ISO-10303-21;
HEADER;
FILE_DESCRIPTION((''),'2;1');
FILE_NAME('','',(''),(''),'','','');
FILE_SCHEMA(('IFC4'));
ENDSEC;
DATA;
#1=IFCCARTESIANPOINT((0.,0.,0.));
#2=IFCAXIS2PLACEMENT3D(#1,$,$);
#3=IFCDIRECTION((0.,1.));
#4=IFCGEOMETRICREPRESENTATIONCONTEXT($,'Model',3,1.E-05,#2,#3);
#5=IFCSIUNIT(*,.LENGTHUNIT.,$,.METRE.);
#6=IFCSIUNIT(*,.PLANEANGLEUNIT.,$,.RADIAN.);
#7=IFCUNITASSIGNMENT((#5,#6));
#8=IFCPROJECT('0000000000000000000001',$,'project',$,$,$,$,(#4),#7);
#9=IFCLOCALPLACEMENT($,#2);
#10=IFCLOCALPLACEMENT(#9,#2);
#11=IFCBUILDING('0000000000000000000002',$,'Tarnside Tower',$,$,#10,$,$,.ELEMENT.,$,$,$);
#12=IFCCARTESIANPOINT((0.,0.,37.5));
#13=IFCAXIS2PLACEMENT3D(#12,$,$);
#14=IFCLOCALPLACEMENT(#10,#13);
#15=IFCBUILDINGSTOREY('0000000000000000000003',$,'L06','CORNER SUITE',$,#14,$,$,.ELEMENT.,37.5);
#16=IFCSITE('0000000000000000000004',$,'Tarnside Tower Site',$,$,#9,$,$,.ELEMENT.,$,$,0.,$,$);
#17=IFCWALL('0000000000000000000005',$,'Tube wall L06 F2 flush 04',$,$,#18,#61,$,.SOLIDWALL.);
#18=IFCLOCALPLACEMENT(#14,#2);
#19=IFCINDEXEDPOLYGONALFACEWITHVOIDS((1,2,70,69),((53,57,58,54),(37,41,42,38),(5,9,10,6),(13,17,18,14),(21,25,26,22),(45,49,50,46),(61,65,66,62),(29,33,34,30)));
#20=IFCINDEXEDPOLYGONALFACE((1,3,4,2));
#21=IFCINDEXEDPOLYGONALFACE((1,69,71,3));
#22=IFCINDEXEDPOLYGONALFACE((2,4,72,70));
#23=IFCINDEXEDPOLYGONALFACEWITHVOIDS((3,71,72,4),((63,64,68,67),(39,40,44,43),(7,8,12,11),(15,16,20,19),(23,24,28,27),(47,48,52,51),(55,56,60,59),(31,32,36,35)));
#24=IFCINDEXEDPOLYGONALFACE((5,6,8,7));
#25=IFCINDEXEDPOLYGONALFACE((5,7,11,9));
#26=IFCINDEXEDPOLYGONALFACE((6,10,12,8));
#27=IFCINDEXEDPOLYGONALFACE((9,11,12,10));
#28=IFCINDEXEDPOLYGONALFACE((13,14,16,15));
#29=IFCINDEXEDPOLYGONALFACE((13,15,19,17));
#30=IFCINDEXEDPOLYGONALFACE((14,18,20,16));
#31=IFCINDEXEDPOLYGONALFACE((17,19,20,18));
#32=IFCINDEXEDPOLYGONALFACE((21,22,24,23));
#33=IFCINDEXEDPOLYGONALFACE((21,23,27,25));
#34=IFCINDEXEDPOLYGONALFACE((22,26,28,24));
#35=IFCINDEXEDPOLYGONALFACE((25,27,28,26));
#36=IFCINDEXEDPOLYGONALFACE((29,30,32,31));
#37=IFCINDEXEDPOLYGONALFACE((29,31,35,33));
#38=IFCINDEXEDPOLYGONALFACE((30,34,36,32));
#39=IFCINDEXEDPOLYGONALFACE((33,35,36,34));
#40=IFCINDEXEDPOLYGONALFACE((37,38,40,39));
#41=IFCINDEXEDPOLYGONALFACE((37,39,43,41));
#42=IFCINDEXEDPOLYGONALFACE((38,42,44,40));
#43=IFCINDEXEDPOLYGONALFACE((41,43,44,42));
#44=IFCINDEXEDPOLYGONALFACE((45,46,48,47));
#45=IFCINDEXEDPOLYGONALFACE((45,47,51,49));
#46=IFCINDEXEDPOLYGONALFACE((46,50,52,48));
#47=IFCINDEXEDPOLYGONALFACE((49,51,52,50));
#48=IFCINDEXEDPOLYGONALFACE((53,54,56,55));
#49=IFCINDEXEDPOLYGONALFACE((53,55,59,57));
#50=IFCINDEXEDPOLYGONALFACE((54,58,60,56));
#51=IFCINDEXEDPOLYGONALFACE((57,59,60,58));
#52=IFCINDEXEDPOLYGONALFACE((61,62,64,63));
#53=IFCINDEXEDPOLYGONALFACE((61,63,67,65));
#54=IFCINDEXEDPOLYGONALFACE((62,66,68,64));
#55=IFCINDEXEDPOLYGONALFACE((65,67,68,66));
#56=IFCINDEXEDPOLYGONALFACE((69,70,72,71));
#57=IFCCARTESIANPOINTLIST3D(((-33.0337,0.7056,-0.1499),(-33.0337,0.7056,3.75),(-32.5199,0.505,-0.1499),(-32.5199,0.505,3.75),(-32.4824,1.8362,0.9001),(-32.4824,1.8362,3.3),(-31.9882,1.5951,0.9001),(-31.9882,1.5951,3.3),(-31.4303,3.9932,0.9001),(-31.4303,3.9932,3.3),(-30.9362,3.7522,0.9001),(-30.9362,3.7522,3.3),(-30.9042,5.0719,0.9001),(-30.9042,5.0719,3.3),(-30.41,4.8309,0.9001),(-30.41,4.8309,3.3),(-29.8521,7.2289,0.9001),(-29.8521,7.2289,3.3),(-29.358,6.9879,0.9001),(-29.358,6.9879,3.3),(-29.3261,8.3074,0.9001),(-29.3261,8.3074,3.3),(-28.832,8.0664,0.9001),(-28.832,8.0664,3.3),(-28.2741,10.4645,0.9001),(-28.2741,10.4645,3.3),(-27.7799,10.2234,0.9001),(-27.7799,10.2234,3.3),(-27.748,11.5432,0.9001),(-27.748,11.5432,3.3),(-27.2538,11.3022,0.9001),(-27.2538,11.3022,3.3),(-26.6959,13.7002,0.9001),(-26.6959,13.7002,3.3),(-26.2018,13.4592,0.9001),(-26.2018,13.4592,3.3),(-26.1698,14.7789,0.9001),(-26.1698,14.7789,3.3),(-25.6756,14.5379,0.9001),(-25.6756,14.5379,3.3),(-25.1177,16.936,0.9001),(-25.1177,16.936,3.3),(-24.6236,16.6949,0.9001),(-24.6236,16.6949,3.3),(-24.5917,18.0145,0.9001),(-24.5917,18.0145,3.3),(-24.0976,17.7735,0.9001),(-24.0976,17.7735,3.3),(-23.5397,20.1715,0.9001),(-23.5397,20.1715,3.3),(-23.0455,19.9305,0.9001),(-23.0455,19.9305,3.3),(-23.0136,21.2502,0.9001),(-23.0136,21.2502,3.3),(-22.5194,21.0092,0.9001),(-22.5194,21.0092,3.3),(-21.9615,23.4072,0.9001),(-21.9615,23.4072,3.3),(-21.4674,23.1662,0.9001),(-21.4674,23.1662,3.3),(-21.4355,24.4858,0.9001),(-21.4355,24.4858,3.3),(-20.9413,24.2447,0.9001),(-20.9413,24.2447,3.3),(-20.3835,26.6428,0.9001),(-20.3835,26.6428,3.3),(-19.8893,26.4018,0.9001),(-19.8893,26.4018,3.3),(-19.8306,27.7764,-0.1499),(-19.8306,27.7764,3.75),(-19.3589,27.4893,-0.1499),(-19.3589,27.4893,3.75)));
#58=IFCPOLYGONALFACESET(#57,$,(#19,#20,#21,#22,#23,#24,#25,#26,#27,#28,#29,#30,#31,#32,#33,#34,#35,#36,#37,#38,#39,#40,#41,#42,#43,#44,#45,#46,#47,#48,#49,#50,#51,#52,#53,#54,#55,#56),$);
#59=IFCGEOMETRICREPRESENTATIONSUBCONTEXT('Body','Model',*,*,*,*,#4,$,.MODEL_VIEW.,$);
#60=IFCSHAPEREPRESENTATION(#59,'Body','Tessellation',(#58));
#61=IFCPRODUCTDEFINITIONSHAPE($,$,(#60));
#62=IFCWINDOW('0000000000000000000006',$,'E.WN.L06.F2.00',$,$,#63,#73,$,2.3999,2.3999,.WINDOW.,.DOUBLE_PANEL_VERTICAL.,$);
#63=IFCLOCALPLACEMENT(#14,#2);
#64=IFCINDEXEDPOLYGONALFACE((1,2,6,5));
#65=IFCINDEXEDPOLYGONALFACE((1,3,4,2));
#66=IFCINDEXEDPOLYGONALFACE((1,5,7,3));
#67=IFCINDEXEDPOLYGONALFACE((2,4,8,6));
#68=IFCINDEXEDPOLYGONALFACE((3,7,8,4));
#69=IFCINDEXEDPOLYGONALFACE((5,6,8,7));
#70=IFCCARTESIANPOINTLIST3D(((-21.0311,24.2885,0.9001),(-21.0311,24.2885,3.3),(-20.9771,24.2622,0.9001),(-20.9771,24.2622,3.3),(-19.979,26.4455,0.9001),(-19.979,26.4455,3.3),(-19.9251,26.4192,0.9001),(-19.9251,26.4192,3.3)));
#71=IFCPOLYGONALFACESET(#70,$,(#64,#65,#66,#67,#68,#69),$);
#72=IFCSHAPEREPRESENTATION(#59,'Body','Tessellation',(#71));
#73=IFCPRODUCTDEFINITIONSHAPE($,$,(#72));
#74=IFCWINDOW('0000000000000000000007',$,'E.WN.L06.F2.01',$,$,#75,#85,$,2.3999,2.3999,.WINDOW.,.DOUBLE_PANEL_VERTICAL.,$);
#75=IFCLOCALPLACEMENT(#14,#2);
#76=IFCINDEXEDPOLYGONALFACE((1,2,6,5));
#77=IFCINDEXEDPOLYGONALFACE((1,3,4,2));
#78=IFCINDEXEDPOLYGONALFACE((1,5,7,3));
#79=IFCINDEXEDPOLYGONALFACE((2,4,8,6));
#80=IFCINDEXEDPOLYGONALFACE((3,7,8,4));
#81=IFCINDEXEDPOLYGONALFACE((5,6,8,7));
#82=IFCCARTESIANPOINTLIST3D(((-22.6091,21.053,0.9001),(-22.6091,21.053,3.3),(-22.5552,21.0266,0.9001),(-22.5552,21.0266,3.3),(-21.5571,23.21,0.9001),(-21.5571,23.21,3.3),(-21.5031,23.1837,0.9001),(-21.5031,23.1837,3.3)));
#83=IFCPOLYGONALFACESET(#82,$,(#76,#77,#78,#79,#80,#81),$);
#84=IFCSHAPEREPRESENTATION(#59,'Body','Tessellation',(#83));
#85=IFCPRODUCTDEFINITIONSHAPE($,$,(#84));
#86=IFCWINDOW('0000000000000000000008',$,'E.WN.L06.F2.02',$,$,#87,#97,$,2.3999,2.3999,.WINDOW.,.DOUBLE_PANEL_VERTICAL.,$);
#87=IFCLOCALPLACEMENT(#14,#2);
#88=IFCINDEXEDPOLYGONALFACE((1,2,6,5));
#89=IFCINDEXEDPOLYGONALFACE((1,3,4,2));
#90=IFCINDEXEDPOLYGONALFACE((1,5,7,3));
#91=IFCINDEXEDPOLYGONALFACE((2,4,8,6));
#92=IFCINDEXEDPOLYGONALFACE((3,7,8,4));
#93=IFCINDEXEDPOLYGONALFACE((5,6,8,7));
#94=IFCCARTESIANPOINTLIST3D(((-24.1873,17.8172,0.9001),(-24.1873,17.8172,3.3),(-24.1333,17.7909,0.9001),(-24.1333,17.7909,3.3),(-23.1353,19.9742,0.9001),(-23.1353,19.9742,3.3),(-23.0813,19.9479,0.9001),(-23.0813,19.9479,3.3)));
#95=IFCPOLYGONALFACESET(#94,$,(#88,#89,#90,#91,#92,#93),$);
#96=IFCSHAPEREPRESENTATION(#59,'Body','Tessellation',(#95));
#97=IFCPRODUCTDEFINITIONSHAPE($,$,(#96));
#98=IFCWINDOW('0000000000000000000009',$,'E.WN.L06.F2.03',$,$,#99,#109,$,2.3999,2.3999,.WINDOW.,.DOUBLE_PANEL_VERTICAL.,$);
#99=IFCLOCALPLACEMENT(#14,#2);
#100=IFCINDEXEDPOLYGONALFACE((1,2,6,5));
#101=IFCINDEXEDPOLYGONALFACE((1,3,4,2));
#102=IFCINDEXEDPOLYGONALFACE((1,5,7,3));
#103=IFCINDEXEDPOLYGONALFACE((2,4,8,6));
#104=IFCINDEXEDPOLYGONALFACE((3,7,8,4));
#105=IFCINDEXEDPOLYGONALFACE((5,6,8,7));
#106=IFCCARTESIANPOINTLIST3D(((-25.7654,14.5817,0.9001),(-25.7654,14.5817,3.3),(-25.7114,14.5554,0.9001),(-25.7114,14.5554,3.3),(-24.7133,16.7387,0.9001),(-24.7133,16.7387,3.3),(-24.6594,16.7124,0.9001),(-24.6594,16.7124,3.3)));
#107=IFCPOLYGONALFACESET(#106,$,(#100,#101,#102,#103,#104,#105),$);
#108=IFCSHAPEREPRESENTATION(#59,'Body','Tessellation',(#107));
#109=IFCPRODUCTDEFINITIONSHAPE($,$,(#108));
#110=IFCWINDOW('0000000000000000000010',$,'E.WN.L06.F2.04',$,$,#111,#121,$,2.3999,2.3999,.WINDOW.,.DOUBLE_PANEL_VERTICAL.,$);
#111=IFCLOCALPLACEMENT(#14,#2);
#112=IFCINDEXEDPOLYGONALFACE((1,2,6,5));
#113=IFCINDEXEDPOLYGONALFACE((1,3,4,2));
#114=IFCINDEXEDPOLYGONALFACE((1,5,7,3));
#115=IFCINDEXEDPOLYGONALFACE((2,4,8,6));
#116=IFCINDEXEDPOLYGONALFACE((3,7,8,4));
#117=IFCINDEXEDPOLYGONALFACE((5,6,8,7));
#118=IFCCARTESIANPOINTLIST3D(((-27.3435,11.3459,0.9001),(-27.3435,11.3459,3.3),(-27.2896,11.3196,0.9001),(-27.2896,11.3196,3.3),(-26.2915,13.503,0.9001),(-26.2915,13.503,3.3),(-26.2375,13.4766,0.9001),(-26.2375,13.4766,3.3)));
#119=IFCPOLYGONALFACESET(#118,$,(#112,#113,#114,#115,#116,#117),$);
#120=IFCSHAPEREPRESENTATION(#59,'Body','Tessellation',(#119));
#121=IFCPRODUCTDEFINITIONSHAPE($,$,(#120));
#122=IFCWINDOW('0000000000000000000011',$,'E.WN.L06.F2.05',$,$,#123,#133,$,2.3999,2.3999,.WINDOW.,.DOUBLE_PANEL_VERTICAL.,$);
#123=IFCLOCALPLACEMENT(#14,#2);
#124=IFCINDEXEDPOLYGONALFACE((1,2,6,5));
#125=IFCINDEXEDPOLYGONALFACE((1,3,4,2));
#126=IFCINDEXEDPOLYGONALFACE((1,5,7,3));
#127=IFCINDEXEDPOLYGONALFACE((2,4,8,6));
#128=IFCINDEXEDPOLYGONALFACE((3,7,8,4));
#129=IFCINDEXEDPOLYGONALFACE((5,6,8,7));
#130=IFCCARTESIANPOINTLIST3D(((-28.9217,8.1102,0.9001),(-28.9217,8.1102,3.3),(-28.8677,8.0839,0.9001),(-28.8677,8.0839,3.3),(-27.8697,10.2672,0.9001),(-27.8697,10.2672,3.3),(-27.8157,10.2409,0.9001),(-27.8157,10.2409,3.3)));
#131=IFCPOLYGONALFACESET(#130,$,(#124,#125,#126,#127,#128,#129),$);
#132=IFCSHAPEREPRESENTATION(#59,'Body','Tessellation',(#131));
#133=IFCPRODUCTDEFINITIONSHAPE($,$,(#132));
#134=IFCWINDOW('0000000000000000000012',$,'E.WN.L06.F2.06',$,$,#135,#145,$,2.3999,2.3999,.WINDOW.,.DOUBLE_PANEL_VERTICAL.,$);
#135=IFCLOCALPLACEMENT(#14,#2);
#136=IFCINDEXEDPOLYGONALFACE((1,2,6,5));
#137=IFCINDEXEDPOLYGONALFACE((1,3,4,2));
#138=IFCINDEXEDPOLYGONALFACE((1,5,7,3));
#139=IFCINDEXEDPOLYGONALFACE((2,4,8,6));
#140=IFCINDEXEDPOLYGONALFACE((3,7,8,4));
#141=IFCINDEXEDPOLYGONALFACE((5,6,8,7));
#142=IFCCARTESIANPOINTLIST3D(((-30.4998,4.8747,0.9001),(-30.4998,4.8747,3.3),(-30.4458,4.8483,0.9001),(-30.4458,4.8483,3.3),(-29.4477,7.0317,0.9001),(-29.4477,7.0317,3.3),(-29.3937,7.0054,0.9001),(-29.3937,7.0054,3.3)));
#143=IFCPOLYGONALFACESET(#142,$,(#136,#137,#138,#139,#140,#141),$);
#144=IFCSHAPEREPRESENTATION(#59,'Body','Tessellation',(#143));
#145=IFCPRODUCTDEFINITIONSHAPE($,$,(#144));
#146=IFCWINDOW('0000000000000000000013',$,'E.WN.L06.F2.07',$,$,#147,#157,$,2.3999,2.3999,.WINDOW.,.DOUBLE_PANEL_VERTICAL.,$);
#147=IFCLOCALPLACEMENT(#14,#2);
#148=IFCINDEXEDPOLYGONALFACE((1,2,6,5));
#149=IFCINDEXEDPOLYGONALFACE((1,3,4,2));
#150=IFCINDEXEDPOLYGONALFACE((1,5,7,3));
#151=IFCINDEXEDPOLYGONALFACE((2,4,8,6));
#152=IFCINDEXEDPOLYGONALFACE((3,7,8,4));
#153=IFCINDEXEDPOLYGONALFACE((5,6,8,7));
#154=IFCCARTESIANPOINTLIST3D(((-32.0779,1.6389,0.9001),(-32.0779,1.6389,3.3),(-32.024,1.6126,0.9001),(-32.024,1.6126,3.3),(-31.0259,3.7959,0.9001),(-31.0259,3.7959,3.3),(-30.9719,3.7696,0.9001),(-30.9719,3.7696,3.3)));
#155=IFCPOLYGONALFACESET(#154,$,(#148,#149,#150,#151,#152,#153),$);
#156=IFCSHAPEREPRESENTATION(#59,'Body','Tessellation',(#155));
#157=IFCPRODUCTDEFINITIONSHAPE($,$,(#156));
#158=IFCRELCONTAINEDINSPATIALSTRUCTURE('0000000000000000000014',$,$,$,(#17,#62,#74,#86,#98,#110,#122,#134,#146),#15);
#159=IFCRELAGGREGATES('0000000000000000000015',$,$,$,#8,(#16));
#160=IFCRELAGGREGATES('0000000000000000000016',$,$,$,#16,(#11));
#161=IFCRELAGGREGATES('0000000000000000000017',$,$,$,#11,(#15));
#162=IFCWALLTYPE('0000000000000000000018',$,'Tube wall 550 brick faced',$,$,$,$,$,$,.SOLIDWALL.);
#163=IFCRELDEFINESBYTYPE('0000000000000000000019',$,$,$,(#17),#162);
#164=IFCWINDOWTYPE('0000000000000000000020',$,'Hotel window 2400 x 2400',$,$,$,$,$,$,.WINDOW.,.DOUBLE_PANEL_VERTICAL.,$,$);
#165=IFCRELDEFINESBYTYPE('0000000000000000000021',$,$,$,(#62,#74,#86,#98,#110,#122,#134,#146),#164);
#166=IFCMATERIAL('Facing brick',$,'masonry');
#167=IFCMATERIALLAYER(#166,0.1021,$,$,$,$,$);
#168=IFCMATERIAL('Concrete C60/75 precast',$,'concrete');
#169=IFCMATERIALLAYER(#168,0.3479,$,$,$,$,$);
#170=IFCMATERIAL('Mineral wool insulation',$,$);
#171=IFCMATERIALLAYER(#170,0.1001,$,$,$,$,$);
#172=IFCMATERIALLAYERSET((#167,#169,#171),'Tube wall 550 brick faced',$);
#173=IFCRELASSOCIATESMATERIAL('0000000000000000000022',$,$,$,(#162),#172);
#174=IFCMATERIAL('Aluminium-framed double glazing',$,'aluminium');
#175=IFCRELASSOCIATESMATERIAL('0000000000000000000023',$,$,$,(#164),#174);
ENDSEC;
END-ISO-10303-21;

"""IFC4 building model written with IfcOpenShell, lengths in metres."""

from ifc_helpers import new_model, si_unit, direction, frame, frame_2d, origin, place, context, subcontext, project, spatial, polyline, rectangle, outline, extrude, material, layer, layer_set, type_object, element, fill, save


model = new_model("IFC4")

# Units and contexts
model_context = context("Model", 3, precision=1e-05, world=origin(), true_north=direction((0.0, 1.0)))
body_context = subcontext(model_context, "Body", "Model", "MODEL_VIEW")
ifc_project = project(units=[si_unit("LENGTHUNIT", "METRE"), si_unit("PLANEANGLEUNIT", "RADIAN")], contexts=[model_context])

# Site, building, storey
site_placement = place(None, origin())
site = spatial("IfcSite", under=ifc_project, at=site_placement, Name="Tarnside Tower Site", CompositionType="ELEMENT", RefElevation=0.0)
building_placement = place(site_placement, origin())
building = spatial("IfcBuilding", under=site, at=building_placement, Name="Tarnside Tower", CompositionType="ELEMENT")
storey_placement = place(building_placement, frame((0.0, 0.0, 37.5)))
storey = spatial("IfcBuildingStorey", under=building, at=storey_placement, Name="L06", Description="CORNER SUITE", CompositionType="ELEMENT", Elevation=37.5)

# Shared definitions
ifc_material_1 = material(Name="Facing brick", Category="masonry")
ifc_layer_1 = layer(ifc_material_1, 0.1021)
ifc_material_2 = material(Name="Concrete C60/75 precast", Category="concrete")
ifc_layer_2 = layer(ifc_material_2, 0.3479)
ifc_material_3 = material(Name="Mineral wool insulation")
ifc_layer_3 = layer(ifc_material_3, 0.1001)
ifc_layer_set_1 = layer_set([ifc_layer_1, ifc_layer_2, ifc_layer_3], Name="Tube wall 550 brick faced")
wall_type_1 = type_object("IfcWallType", Name="Tube wall 550 brick faced", PredefinedType="SOLIDWALL", material=ifc_layer_set_1)

# Wall, openings, windows
wall_1_placement = place(storey_placement, frame((-19.5947, 27.6328, -0.1499), z_axis=(0.0, 0.0, 1.0), x_axis=(-0.438368, -0.898795, 0.0)))
wall_1 = element("IfcWall", 1, at=wall_1_placement, inside=storey, type_object=wall_type_1, Name="Tube wall L06 F2 flush 04", PredefinedType="SOLIDWALL", context=body_context, shape_type="SweptSolid", body=[
    extrude(outline(polyline([(-0.0256, -0.2749), (30.0933, -0.2749), (30.0483, 0.2749), (0.0256, 0.2749), (-0.0256, -0.2749)])), origin(), (0.0, 0.0, 1.0), 3.8999),
])
opening_1_placement = place(wall_1_placement, frame((1.2356, 0.0, 1.05)))
opening_1 = element("IfcOpeningElement", 2, at=opening_1_placement, cuts=wall_1, PredefinedType="OPENING", context=body_context, shape_type="SweptSolid", body=[
    extrude(rectangle(XDim=2.3999, YDim=2.3999, at=frame_2d((1.2, 1.2))), frame((0.0, 0.2852, 0.0), z_axis=(0.0, -1.0, 0.0), x_axis=(1.0, 0.0, 0.0)), (0.0, 0.0, 1.0), 0.5701),
])
opening_2_placement = place(wall_1_placement, frame((4.8354, 0.0, 1.05)))
opening_2 = element("IfcOpeningElement", 3, at=opening_2_placement, cuts=wall_1, PredefinedType="OPENING", context=body_context, shape_type="SweptSolid", body=[
    extrude(rectangle(XDim=2.3999, YDim=2.3999, at=frame_2d((1.2, 1.2))), frame((0.0, 0.2852, 0.0), z_axis=(0.0, -1.0, 0.0), x_axis=(1.0, 0.0, 0.0)), (0.0, 0.0, 1.0), 0.5701),
])
opening_3_placement = place(wall_1_placement, frame((8.4355, 0.0, 1.05)))
opening_3 = element("IfcOpeningElement", 4, at=opening_3_placement, cuts=wall_1, PredefinedType="OPENING", context=body_context, shape_type="SweptSolid", body=[
    extrude(rectangle(XDim=2.3999, YDim=2.3999, at=frame_2d((1.2, 1.2))), frame((0.0, 0.2852, 0.0), z_axis=(0.0, -1.0, 0.0), x_axis=(1.0, 0.0, 0.0)), (0.0, 0.0, 1.0), 0.5701),
])
opening_4_placement = place(wall_1_placement, frame((12.0354, 0.0, 1.05)))
opening_4 = element("IfcOpeningElement", 5, at=opening_4_placement, cuts=wall_1, PredefinedType="OPENING", context=body_context, shape_type="SweptSolid", body=[
    extrude(rectangle(XDim=2.3999, YDim=2.3999, at=frame_2d((1.2, 1.2))), frame((0.0, 0.2852, 0.0), z_axis=(0.0, -1.0, 0.0), x_axis=(1.0, 0.0, 0.0)), (0.0, 0.0, 1.0), 0.5701),
])
opening_5_placement = place(wall_1_placement, frame((15.6355, 0.0, 1.05)))
opening_5 = element("IfcOpeningElement", 6, at=opening_5_placement, cuts=wall_1, PredefinedType="OPENING", context=body_context, shape_type="SweptSolid", body=[
    extrude(rectangle(XDim=2.3999, YDim=2.3999, at=frame_2d((1.2, 1.2))), frame((0.0, 0.2852, 0.0), z_axis=(0.0, -1.0, 0.0), x_axis=(1.0, 0.0, 0.0)), (0.0, 0.0, 1.0), 0.5701),
])
opening_6_placement = place(wall_1_placement, frame((19.2356, 0.0, 1.05)))
opening_6 = element("IfcOpeningElement", 7, at=opening_6_placement, cuts=wall_1, PredefinedType="OPENING", context=body_context, shape_type="SweptSolid", body=[
    extrude(rectangle(XDim=2.3999, YDim=2.3999, at=frame_2d((1.2, 1.2))), frame((0.0, 0.2852, 0.0), z_axis=(0.0, -1.0, 0.0), x_axis=(1.0, 0.0, 0.0)), (0.0, 0.0, 1.0), 0.5701),
])
opening_7_placement = place(wall_1_placement, frame((22.8354, 0.0, 1.05)))
opening_7 = element("IfcOpeningElement", 8, at=opening_7_placement, cuts=wall_1, PredefinedType="OPENING", context=body_context, shape_type="SweptSolid", body=[
    extrude(rectangle(XDim=2.3999, YDim=2.3999, at=frame_2d((1.2, 1.2))), frame((0.0, 0.2852, 0.0), z_axis=(0.0, -1.0, 0.0), x_axis=(1.0, 0.0, 0.0)), (0.0, 0.0, 1.0), 0.5701),
])
opening_8_placement = place(wall_1_placement, frame((26.4355, 0.0, 1.05)))
opening_8 = element("IfcOpeningElement", 9, at=opening_8_placement, cuts=wall_1, PredefinedType="OPENING", context=body_context, shape_type="SweptSolid", body=[
    extrude(rectangle(XDim=2.3999, YDim=2.3999, at=frame_2d((1.2, 1.2))), frame((0.0, 0.2852, 0.0), z_axis=(0.0, -1.0, 0.0), x_axis=(1.0, 0.0, 0.0)), (0.0, 0.0, 1.0), 0.5701),
])
ifc_material_4 = material(Name="Aluminium-framed double glazing", Category="aluminium")
window_type = type_object("IfcWindowType", Name="Hotel window 2400 x 2400", PartitioningType="DOUBLE_PANEL_VERTICAL", PredefinedType="WINDOW", material=ifc_material_4)
window_1_placement = place(opening_1_placement, frame((0.0, 0.2051, 0.0)))
window_1 = element("IfcWindow", 10, at=window_1_placement, inside=storey, type_object=window_type, Name="E.WN.L06.F2.00", OverallHeight=2.3999, OverallWidth=2.3999, PartitioningType="DOUBLE_PANEL_VERTICAL", PredefinedType="WINDOW", context=body_context, shape_type="SweptSolid", body=[
    extrude(rectangle(XDim=2.3999, YDim=2.3999, at=frame_2d((1.2, 1.2))), frame((0.0, 0.03, 0.0), z_axis=(0.0, -1.0, 0.0), x_axis=(1.0, 0.0, 0.0)), (0.0, 0.0, 1.0), 0.0601),
])
fill(opening_1, window_1)
window_2_placement = place(opening_2_placement, frame((0.0, 0.2051, 0.0)))
window_2 = element("IfcWindow", 11, at=window_2_placement, inside=storey, type_object=window_type, Name="E.WN.L06.F2.01", OverallHeight=2.3999, OverallWidth=2.3999, PartitioningType="DOUBLE_PANEL_VERTICAL", PredefinedType="WINDOW", context=body_context, shape_type="SweptSolid", body=[
    extrude(rectangle(XDim=2.3999, YDim=2.3999, at=frame_2d((1.2, 1.2))), frame((0.0, 0.03, 0.0), z_axis=(0.0, -1.0, 0.0), x_axis=(1.0, 0.0, 0.0)), (0.0, 0.0, 1.0), 0.0601),
])
fill(opening_2, window_2)
window_3_placement = place(opening_3_placement, frame((0.0, 0.2051, 0.0)))
window_3 = element("IfcWindow", 12, at=window_3_placement, inside=storey, type_object=window_type, Name="E.WN.L06.F2.02", OverallHeight=2.3999, OverallWidth=2.3999, PartitioningType="DOUBLE_PANEL_VERTICAL", PredefinedType="WINDOW", context=body_context, shape_type="SweptSolid", body=[
    extrude(rectangle(XDim=2.3999, YDim=2.3999, at=frame_2d((1.2, 1.2))), frame((0.0, 0.03, 0.0), z_axis=(0.0, -1.0, 0.0), x_axis=(1.0, 0.0, 0.0)), (0.0, 0.0, 1.0), 0.0601),
])
fill(opening_3, window_3)
window_4_placement = place(opening_4_placement, frame((0.0, 0.2051, 0.0)))
window_4 = element("IfcWindow", 13, at=window_4_placement, inside=storey, type_object=window_type, Name="E.WN.L06.F2.03", OverallHeight=2.3999, OverallWidth=2.3999, PartitioningType="DOUBLE_PANEL_VERTICAL", PredefinedType="WINDOW", context=body_context, shape_type="SweptSolid", body=[
    extrude(rectangle(XDim=2.3999, YDim=2.3999, at=frame_2d((1.2, 1.2))), frame((0.0, 0.03, 0.0), z_axis=(0.0, -1.0, 0.0), x_axis=(1.0, 0.0, 0.0)), (0.0, 0.0, 1.0), 0.0601),
])
fill(opening_4, window_4)
window_5_placement = place(opening_5_placement, frame((0.0, 0.2051, 0.0)))
window_5 = element("IfcWindow", 14, at=window_5_placement, inside=storey, type_object=window_type, Name="E.WN.L06.F2.04", OverallHeight=2.3999, OverallWidth=2.3999, PartitioningType="DOUBLE_PANEL_VERTICAL", PredefinedType="WINDOW", context=body_context, shape_type="SweptSolid", body=[
    extrude(rectangle(XDim=2.3999, YDim=2.3999, at=frame_2d((1.2, 1.2))), frame((0.0, 0.03, 0.0), z_axis=(0.0, -1.0, 0.0), x_axis=(1.0, 0.0, 0.0)), (0.0, 0.0, 1.0), 0.0601),
])
fill(opening_5, window_5)
window_6_placement = place(opening_6_placement, frame((0.0, 0.2051, 0.0)))
window_6 = element("IfcWindow", 15, at=window_6_placement, inside=storey, type_object=window_type, Name="E.WN.L06.F2.05", OverallHeight=2.3999, OverallWidth=2.3999, PartitioningType="DOUBLE_PANEL_VERTICAL", PredefinedType="WINDOW", context=body_context, shape_type="SweptSolid", body=[
    extrude(rectangle(XDim=2.3999, YDim=2.3999, at=frame_2d((1.2, 1.2))), frame((0.0, 0.03, 0.0), z_axis=(0.0, -1.0, 0.0), x_axis=(1.0, 0.0, 0.0)), (0.0, 0.0, 1.0), 0.0601),
])
fill(opening_6, window_6)
window_7_placement = place(opening_7_placement, frame((0.0, 0.2051, 0.0)))
window_7 = element("IfcWindow", 16, at=window_7_placement, inside=storey, type_object=window_type, Name="E.WN.L06.F2.06", OverallHeight=2.3999, OverallWidth=2.3999, PartitioningType="DOUBLE_PANEL_VERTICAL", PredefinedType="WINDOW", context=body_context, shape_type="SweptSolid", body=[
    extrude(rectangle(XDim=2.3999, YDim=2.3999, at=frame_2d((1.2, 1.2))), frame((0.0, 0.03, 0.0), z_axis=(0.0, -1.0, 0.0), x_axis=(1.0, 0.0, 0.0)), (0.0, 0.0, 1.0), 0.0601),
])
fill(opening_7, window_7)
window_8_placement = place(opening_8_placement, frame((0.0, 0.2051, 0.0)))
window_8 = element("IfcWindow", 17, at=window_8_placement, inside=storey, type_object=window_type, Name="E.WN.L06.F2.07", OverallHeight=2.3999, OverallWidth=2.3999, PartitioningType="DOUBLE_PANEL_VERTICAL", PredefinedType="WINDOW", context=body_context, shape_type="SweptSolid", body=[
    extrude(rectangle(XDim=2.3999, YDim=2.3999, at=frame_2d((1.2, 1.2))), frame((0.0, 0.03, 0.0), z_axis=(0.0, -1.0, 0.0), x_axis=(1.0, 0.0, 0.0)), (0.0, 0.0, 1.0), 0.0601),
])
fill(opening_8, window_8)

save(model, "model.ifc")
